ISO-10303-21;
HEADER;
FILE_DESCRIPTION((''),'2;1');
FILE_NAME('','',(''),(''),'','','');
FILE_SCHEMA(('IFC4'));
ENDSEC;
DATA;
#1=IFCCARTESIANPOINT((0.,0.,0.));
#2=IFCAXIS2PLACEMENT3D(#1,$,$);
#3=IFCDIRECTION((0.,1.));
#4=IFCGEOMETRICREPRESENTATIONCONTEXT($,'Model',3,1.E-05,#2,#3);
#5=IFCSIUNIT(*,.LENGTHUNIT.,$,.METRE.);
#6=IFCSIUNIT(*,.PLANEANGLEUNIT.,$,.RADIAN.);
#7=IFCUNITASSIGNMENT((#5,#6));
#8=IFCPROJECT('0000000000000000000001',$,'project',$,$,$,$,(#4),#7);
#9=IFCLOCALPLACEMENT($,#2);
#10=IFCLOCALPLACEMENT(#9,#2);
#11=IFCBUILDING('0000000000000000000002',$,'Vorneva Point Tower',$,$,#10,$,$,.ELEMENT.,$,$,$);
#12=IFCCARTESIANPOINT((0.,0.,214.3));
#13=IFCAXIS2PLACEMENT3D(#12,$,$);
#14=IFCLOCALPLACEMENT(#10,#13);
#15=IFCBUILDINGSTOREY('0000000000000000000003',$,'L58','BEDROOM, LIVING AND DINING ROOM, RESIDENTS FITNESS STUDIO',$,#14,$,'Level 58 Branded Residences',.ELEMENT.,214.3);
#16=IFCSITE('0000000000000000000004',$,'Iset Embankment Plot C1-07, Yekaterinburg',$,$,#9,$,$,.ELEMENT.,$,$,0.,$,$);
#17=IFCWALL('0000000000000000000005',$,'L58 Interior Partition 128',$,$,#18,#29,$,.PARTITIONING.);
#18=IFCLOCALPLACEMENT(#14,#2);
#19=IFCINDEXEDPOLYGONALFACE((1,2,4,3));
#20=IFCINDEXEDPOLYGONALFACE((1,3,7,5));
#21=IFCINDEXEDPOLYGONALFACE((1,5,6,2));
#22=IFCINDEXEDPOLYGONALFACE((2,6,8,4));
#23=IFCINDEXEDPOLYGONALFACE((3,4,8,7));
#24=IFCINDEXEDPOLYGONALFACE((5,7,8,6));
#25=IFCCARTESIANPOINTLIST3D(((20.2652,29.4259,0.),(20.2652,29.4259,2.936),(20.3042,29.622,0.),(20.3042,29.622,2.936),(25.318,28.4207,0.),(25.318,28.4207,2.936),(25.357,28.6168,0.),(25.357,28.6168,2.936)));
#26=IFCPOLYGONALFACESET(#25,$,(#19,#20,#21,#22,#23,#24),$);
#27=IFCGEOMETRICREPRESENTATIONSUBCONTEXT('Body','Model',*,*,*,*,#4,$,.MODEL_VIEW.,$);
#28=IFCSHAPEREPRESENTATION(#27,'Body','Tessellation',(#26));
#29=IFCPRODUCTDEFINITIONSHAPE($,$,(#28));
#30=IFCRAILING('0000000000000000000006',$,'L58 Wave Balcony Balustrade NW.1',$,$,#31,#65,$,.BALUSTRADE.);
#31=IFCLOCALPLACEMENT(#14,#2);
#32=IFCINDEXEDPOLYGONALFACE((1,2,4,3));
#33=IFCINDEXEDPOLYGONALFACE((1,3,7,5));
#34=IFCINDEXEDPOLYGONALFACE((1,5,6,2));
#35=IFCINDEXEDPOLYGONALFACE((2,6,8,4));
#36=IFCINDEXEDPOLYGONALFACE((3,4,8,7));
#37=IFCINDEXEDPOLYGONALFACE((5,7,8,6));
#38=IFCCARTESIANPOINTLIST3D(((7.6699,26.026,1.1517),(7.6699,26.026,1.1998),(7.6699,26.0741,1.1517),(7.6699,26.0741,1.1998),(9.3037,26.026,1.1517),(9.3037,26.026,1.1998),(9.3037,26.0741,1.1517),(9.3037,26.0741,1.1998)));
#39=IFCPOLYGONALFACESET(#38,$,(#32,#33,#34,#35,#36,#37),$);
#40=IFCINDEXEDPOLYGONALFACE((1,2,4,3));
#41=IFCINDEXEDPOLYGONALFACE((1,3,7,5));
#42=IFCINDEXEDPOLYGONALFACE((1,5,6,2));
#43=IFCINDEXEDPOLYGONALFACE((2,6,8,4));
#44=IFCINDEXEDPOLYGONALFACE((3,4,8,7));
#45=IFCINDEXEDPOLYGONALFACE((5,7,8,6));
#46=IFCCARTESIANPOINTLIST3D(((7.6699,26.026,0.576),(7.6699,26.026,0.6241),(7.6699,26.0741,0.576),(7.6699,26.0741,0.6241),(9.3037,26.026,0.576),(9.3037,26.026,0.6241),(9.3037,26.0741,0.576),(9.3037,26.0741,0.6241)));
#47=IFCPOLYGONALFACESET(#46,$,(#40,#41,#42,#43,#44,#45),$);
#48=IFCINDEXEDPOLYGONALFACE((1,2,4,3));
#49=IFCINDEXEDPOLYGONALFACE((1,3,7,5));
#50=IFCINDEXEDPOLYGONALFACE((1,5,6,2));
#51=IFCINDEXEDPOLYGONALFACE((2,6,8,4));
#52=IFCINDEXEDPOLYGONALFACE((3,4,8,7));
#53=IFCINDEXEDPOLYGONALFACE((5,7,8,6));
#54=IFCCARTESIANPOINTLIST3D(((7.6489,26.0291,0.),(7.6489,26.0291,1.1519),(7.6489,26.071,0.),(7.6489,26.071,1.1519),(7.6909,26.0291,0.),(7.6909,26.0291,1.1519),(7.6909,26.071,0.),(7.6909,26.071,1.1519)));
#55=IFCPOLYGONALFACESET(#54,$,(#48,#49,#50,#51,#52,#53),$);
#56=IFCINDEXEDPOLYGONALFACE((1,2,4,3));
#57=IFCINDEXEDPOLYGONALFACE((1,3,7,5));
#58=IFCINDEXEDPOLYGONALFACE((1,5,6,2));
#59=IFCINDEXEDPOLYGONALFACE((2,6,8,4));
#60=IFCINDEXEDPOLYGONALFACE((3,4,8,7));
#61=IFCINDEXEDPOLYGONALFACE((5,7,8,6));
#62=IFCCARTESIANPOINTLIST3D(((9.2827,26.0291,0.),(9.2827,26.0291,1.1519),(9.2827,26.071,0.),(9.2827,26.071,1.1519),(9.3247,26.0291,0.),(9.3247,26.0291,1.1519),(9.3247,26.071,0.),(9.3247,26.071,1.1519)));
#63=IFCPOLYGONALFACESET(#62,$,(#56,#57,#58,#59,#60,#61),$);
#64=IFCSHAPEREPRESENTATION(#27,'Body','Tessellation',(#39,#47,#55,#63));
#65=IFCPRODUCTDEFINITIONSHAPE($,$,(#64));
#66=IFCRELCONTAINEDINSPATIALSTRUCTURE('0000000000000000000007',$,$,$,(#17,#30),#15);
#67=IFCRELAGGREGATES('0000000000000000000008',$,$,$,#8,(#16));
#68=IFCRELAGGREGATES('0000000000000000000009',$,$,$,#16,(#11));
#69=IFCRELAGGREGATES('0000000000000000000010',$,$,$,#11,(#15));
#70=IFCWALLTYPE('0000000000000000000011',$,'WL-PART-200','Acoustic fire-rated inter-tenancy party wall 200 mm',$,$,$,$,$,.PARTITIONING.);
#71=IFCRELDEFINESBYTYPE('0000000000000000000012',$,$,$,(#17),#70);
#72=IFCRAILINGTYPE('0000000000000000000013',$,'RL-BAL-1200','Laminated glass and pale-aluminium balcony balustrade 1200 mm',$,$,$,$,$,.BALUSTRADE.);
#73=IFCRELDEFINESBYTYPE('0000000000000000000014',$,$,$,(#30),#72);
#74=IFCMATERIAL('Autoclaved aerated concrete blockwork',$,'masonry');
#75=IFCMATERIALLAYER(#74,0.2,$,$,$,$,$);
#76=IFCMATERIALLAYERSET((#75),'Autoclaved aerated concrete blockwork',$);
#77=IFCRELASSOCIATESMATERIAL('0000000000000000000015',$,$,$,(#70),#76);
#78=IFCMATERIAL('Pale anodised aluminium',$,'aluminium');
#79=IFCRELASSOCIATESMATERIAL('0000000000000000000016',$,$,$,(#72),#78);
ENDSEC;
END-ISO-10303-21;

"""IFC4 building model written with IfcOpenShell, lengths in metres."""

from ifc_helpers import new_model, si_unit, direction, frame, frame_2d, origin, origin_2d, place, context, subcontext, project, spatial, rectangle, extrude, material, layer, layer_set, type_object, element, save


model = new_model("IFC4")

# Units and contexts
model_context = context("Model", 3, precision=1e-05, world=origin(), true_north=direction((0.0, 1.0)))
body_context = subcontext(model_context, "Body", "Model", "MODEL_VIEW")
ifc_project = project(units=[si_unit("LENGTHUNIT", "METRE"), si_unit("PLANEANGLEUNIT", "RADIAN")], contexts=[model_context])

# Site, building, storey
site_placement = place(None, origin())
site = spatial("IfcSite", under=ifc_project, at=site_placement, Name="Iset Embankment Plot C1-07, Yekaterinburg", CompositionType="ELEMENT", RefElevation=0.0)
building_placement = place(site_placement, origin())
building = spatial("IfcBuilding", under=site, at=building_placement, Name="Vorneva Point Tower", CompositionType="ELEMENT")
storey_placement = place(building_placement, frame((0.0, 0.0, 214.3)))
storey = spatial("IfcBuildingStorey", under=building, at=storey_placement, Name="L58", Description="BEDROOM, LIVING AND DINING ROOM, RESIDENTS FITNESS STUDIO", LongName="Level 58 Branded Residences", CompositionType="ELEMENT", Elevation=214.3)

# Shared definitions
ifc_material_1 = material(Name="Pale anodised aluminium", Category="aluminium")

# Shared definitions
ifc_material_2 = material(Name="Autoclaved aerated concrete blockwork", Category="masonry")

# Wall
ifc_layer_1 = layer(ifc_material_2, 0.2)
ifc_layer_set_1 = layer_set([ifc_layer_1], Name="Autoclaved aerated concrete blockwork")
wall_type_1 = type_object("IfcWallType", Name="WL-PART-200", Description="Acoustic fire-rated inter-tenancy party wall 200 mm", PredefinedType="PARTITIONING", material=ifc_layer_set_1)
wall_1_placement = place(storey_placement, frame((20.2847, 29.5239, 0.0), z_axis=(0.0, 0.0, 1.0), x_axis=(0.980782, -0.195104, 0.0)))
element("IfcWall", 1, at=wall_1_placement, inside=storey, type_object=wall_type_1, Name="L58 Interior Partition 128", PredefinedType="PARTITIONING", context=body_context, shape_type="SweptSolid", body=[
    extrude(rectangle(XDim=5.1519, YDim=0.2, at=frame_2d((2.5759, 0.0))), origin(), (0.0, 0.0, 1.0), 2.936),
])

# Railing
railing_type = type_object("IfcRailingType", Name="RL-BAL-1200", Description="Laminated glass and pale-aluminium balcony balustrade 1200 mm", PredefinedType="BALUSTRADE", material=ifc_material_1)
railing_placement = place(storey_placement, frame((7.6699, 26.05, 0.0)))
element("IfcRailing", 2, at=railing_placement, inside=storey, type_object=railing_type, Name="L58 Wave Balcony Balustrade NW.1", PredefinedType="BALUSTRADE", context=body_context, shape_type="SweptSolid", body=[
    extrude(rectangle(XDim=0.0481, YDim=0.0481, at=origin_2d()), frame((0.0, 0.0, 1.1758), z_axis=(1.0, 0.0, 0.0), x_axis=(0.0, 1.0, 0.0)), (0.0, 0.0, 1.0), 1.6338),
    extrude(rectangle(XDim=0.0481, YDim=0.0481, at=origin_2d()), frame((0.0, 0.0, 0.6001), z_axis=(1.0, 0.0, 0.0), x_axis=(0.0, 1.0, 0.0)), (0.0, 0.0, 1.0), 1.6338),
    extrude(rectangle(XDim=0.042, YDim=0.042, at=origin_2d()), origin(), (0.0, 0.0, 1.0), 1.1519),
    extrude(rectangle(XDim=0.042, YDim=0.042, at=origin_2d()), frame((1.6338, 0.0, 0.0)), (0.0, 0.0, 1.0), 1.1519),
])

save(model, "model.ifc")
